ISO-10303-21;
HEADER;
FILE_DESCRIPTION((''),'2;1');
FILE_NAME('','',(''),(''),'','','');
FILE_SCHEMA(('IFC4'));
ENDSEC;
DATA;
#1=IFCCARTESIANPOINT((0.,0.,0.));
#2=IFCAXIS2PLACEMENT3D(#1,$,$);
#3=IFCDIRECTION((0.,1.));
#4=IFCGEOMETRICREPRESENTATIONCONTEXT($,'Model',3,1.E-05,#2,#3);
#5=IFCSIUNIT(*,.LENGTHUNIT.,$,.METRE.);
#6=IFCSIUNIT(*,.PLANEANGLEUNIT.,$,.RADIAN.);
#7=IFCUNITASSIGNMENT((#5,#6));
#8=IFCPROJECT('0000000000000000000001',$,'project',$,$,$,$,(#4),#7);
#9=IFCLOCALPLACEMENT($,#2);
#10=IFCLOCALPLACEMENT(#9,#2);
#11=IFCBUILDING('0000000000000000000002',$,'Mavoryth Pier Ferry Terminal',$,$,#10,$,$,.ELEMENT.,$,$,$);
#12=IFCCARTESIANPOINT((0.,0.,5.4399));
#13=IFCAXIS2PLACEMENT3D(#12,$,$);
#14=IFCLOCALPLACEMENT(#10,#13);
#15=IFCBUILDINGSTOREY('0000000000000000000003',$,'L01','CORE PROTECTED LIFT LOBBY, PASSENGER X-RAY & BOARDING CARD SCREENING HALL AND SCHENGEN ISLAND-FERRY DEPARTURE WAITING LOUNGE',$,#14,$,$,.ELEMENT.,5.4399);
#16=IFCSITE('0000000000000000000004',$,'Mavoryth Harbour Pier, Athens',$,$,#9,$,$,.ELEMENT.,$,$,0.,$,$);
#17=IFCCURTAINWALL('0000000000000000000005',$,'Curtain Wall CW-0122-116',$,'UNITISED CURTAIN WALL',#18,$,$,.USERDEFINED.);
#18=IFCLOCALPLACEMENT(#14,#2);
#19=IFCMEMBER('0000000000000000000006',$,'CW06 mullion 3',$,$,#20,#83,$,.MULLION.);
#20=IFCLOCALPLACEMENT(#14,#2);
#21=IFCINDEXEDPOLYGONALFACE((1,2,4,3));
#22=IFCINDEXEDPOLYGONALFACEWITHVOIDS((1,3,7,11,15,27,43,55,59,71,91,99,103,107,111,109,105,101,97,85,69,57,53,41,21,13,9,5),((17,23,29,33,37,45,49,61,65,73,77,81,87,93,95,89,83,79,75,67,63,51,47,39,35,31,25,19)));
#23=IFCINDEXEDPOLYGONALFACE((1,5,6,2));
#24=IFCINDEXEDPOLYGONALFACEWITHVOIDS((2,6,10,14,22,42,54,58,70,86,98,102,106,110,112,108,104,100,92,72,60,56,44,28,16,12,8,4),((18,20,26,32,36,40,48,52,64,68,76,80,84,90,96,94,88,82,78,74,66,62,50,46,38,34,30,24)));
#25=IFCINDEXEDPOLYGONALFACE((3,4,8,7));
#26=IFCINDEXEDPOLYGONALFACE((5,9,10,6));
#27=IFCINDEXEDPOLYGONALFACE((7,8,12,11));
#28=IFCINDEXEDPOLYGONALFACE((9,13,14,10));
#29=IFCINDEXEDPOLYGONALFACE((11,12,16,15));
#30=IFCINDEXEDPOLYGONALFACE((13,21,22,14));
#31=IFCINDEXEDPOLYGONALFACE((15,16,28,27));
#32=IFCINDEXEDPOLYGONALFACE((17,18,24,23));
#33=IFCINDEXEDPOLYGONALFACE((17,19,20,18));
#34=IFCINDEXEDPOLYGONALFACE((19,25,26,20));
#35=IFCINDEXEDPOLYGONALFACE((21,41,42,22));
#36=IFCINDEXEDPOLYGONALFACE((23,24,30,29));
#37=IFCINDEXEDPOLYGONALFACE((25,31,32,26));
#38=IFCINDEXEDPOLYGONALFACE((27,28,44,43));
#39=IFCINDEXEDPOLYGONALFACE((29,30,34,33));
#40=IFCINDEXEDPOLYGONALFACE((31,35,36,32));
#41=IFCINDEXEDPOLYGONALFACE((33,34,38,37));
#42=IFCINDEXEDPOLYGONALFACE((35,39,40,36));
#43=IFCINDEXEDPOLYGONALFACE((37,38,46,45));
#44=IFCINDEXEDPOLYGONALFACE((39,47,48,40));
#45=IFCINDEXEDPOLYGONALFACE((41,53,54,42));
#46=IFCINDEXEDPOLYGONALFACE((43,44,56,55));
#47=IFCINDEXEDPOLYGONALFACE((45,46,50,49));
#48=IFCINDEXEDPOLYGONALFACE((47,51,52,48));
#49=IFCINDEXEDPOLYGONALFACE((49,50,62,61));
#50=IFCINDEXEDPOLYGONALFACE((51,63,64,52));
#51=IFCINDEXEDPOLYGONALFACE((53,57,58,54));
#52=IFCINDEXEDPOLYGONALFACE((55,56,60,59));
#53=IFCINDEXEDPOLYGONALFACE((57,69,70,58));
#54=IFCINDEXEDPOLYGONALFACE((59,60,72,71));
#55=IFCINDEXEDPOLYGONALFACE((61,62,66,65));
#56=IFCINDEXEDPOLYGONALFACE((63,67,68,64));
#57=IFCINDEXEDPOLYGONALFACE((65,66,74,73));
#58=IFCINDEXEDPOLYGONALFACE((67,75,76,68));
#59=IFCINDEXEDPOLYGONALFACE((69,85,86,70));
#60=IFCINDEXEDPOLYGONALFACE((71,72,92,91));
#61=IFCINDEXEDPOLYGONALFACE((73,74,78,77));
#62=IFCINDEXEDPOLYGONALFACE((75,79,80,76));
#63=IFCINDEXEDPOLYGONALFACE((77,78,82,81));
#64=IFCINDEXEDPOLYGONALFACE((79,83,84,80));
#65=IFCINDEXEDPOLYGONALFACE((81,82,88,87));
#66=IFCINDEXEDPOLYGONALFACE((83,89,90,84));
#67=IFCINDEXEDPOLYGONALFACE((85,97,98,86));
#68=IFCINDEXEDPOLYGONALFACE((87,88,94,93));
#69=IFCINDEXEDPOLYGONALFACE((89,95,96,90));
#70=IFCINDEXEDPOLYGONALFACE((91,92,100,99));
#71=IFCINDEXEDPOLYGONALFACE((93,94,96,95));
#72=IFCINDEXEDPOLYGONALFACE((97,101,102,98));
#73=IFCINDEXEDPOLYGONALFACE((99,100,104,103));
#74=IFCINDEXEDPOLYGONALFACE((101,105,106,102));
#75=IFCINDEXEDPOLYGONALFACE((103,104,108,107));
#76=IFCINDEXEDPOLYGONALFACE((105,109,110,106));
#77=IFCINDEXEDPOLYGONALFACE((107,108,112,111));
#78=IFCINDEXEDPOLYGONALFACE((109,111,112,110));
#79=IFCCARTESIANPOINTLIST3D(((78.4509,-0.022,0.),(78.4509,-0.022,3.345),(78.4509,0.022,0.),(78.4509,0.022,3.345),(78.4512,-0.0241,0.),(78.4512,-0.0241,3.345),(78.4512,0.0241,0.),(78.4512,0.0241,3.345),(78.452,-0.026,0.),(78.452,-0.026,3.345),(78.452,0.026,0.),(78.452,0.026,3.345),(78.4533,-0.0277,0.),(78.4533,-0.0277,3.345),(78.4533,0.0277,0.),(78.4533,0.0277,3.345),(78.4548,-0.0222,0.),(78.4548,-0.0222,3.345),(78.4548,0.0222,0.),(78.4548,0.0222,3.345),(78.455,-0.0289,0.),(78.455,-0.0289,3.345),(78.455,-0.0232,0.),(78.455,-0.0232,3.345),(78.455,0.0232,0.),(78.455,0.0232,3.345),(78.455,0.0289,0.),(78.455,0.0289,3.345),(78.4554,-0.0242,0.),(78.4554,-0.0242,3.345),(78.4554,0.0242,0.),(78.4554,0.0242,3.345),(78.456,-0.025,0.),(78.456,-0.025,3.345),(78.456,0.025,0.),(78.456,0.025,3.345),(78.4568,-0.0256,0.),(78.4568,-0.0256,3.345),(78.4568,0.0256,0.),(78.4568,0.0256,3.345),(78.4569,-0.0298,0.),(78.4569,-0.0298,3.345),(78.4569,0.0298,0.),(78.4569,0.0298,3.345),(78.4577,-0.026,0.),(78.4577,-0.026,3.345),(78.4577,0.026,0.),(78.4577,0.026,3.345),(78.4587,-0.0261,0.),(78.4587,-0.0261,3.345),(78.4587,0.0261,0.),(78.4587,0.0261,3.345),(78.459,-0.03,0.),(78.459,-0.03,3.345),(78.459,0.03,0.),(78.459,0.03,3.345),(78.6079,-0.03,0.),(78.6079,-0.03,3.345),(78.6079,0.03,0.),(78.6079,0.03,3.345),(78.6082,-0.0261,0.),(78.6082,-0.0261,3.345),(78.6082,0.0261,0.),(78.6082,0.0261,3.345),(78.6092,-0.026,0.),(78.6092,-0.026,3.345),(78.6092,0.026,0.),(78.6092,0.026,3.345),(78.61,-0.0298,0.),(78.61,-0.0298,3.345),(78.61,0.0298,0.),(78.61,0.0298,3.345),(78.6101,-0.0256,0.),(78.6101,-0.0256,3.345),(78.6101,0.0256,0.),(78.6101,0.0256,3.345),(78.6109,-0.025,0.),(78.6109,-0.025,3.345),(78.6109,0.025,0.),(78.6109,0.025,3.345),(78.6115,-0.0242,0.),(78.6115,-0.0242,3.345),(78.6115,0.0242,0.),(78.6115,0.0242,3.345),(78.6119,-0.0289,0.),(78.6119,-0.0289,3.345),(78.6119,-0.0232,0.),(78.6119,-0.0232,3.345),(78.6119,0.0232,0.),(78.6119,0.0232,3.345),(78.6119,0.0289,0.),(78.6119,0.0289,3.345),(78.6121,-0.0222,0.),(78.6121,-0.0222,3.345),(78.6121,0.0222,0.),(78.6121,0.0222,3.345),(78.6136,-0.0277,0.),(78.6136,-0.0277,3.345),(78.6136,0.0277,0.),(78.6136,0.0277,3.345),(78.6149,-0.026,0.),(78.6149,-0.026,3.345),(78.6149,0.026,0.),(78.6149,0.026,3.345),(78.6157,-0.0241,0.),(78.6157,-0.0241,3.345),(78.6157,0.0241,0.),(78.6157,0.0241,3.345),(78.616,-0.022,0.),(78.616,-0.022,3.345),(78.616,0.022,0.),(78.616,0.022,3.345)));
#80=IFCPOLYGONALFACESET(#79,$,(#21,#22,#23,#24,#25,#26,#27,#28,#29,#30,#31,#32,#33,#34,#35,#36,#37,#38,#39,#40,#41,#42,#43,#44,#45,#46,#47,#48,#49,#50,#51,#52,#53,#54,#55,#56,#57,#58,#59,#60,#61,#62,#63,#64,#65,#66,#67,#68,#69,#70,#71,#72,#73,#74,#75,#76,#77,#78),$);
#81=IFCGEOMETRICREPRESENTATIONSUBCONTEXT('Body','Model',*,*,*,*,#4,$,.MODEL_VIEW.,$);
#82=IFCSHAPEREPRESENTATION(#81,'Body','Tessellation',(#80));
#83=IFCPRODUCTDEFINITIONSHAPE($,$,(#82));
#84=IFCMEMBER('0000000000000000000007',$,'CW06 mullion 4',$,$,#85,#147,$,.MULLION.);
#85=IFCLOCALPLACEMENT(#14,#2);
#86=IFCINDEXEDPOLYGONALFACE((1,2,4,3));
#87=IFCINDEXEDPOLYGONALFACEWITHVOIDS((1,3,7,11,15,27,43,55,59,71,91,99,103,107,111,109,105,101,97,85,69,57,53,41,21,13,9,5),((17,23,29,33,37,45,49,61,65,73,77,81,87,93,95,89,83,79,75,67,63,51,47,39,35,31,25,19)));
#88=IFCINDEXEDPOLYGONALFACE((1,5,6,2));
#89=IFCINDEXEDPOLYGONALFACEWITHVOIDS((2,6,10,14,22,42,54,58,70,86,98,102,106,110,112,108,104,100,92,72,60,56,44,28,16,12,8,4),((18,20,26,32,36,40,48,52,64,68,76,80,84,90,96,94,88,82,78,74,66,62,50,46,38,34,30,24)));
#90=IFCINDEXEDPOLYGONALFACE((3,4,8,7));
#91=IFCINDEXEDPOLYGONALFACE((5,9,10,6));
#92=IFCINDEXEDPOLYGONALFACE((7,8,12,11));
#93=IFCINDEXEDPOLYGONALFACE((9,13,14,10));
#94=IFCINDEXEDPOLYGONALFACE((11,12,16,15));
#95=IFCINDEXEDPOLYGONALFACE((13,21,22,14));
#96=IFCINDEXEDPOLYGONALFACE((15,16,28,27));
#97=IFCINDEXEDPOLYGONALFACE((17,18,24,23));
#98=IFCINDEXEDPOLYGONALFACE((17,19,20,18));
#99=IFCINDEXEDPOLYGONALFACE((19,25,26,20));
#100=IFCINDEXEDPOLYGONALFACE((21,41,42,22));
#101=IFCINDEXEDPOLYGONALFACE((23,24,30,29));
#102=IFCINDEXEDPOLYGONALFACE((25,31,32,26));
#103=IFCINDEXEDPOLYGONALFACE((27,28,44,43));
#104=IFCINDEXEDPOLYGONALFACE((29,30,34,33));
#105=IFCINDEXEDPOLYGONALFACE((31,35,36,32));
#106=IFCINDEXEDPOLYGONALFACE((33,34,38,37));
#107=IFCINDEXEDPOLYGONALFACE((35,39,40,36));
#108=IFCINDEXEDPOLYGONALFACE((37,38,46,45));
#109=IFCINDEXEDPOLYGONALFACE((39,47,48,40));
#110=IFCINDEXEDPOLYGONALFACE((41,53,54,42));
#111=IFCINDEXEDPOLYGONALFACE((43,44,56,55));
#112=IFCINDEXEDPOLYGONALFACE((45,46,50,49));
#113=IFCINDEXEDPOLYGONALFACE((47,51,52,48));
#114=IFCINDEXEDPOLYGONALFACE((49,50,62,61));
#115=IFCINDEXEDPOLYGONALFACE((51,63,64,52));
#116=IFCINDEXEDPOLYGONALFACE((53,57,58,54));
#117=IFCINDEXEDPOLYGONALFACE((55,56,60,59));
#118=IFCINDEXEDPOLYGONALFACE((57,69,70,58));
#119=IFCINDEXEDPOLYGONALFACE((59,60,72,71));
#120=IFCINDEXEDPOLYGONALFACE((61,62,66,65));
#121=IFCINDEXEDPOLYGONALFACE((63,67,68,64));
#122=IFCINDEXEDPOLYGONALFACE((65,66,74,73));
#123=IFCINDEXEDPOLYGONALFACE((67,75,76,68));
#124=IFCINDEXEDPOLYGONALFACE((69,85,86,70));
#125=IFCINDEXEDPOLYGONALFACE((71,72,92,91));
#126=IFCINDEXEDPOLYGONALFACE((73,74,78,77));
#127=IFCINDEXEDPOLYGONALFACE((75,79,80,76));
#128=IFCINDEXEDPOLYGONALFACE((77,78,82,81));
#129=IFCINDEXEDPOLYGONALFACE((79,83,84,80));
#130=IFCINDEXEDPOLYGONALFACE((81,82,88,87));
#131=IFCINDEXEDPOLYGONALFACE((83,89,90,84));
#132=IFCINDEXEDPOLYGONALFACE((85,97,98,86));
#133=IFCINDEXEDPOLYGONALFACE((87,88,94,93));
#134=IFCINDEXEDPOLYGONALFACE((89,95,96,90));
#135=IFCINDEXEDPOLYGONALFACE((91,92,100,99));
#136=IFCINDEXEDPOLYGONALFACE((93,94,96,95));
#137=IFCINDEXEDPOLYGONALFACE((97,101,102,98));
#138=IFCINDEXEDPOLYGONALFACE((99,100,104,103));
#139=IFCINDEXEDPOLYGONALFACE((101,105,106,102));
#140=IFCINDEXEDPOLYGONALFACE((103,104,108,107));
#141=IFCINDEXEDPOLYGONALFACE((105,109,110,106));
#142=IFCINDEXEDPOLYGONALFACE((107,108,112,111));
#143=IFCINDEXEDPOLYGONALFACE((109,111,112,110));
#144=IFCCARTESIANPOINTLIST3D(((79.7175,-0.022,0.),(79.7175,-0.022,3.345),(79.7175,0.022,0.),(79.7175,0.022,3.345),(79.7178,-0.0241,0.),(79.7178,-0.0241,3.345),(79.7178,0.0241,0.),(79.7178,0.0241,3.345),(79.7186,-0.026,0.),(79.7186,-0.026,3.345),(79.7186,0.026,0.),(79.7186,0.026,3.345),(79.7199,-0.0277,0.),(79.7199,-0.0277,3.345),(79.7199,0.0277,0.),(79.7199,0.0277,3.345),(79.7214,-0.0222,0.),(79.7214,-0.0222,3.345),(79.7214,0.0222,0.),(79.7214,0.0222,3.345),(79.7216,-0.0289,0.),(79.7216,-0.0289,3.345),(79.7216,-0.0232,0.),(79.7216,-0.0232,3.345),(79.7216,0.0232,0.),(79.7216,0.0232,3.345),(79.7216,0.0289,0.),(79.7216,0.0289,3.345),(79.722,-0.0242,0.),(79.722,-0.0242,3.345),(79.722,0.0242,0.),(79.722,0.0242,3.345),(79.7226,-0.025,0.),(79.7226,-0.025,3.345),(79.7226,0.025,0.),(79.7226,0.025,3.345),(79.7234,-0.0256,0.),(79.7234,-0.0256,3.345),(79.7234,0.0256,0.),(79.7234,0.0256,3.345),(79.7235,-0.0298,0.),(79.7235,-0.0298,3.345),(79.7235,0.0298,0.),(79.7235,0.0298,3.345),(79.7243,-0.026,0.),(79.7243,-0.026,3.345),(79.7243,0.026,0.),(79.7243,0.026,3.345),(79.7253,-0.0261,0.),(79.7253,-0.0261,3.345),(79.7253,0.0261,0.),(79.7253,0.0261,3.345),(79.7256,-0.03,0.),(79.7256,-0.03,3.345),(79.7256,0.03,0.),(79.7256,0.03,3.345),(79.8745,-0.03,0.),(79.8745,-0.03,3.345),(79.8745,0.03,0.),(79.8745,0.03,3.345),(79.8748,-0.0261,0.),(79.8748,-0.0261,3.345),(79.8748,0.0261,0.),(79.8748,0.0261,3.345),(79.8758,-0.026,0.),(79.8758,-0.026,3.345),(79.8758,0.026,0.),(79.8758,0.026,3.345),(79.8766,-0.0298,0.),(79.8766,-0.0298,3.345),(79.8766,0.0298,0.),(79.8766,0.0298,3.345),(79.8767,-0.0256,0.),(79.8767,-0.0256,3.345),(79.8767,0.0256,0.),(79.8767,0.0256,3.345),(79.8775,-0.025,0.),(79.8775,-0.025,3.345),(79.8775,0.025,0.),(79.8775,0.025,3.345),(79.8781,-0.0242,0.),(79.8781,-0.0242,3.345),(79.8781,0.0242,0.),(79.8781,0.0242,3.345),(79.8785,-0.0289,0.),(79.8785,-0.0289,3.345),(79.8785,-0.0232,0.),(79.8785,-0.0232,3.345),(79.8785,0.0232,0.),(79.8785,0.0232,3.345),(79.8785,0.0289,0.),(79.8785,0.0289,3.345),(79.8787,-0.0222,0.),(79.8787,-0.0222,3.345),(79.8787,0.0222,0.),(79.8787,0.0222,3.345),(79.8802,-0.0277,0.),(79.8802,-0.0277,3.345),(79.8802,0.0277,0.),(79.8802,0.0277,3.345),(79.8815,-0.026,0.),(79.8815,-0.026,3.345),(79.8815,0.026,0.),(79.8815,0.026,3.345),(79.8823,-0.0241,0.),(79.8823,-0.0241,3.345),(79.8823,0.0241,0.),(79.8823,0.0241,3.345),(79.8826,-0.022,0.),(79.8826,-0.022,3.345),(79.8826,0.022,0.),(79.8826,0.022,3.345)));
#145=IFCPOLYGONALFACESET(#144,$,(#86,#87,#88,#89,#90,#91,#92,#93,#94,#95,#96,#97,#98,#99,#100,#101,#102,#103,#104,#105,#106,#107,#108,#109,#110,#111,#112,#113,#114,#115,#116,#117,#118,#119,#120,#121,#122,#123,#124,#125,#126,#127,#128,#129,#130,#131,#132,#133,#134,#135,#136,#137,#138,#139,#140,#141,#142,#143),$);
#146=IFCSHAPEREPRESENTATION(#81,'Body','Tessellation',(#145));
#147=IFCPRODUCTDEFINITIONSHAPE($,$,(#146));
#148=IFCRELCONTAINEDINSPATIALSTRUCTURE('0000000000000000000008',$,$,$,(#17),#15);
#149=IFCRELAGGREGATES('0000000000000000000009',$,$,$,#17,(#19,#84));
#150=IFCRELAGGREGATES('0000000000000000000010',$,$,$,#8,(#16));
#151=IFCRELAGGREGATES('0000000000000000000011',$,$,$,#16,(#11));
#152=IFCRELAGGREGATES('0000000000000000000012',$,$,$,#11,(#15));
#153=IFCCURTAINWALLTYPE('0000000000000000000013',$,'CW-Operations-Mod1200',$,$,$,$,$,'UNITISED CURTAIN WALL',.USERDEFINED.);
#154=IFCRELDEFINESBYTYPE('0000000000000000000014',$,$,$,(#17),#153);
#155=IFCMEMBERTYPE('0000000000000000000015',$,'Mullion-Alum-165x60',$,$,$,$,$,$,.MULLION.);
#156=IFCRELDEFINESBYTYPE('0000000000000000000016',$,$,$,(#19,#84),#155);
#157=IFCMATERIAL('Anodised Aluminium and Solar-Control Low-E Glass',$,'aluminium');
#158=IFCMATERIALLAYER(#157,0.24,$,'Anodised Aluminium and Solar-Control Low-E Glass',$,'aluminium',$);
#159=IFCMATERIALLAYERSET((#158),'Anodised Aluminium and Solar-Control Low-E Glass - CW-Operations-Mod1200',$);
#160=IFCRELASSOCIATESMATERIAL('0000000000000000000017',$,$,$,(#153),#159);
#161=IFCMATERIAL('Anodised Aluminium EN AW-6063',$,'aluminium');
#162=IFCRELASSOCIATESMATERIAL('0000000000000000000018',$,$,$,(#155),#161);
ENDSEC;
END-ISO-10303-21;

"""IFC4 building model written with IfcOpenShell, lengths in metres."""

from ifc_helpers import new_model, si_unit, direction, frame, origin, origin_2d, place, context, subcontext, project, spatial, hollow_rectangle, extrude, material, layer, layer_set, material_profile, profile_set, type_object, element, aggregate, save


model = new_model("IFC4")

# Units and contexts
model_context = context("Model", 3, precision=1e-05, world=origin(), true_north=direction((0.0, 1.0)))
body_context = subcontext(model_context, "Body", "Model", "MODEL_VIEW")
ifc_project = project(units=[si_unit("LENGTHUNIT", "METRE"), si_unit("PLANEANGLEUNIT", "RADIAN")], contexts=[model_context])

# Site, building, storey
site_placement = place(None, origin())
site = spatial("IfcSite", under=ifc_project, at=site_placement, Name="Mavoryth Harbour Pier, Athens", CompositionType="ELEMENT", RefElevation=0.0)
building_placement = place(site_placement, origin())
building = spatial("IfcBuilding", under=site, at=building_placement, Name="Mavoryth Pier Ferry Terminal", CompositionType="ELEMENT")
storey_placement = place(building_placement, frame((0.0, 0.0, 5.4399)))
storey = spatial("IfcBuildingStorey", under=building, at=storey_placement, Name="L01", Description="CORE PROTECTED LIFT LOBBY, PASSENGER X-RAY & BOARDING CARD SCREENING HALL AND SCHENGEN ISLAND-FERRY DEPARTURE WAITING LOUNGE", CompositionType="ELEMENT", Elevation=5.4399)

# Curtain wall, members
ifc_material_1 = material(Name="Anodised Aluminium and Solar-Control Low-E Glass", Category="aluminium")
ifc_layer_1 = layer(ifc_material_1, 0.24, Name="Anodised Aluminium and Solar-Control Low-E Glass", Category="aluminium")
ifc_layer_set_1 = layer_set([ifc_layer_1], Name="Anodised Aluminium and Solar-Control Low-E Glass - CW-Operations-Mod1200")
curtain_wall_type = type_object("IfcCurtainWallType", Name="CW-Operations-Mod1200", ElementType="UNITISED CURTAIN WALL", PredefinedType="USERDEFINED", material=ifc_layer_set_1)
curtain_wall_placement = place(storey_placement, origin())
curtain_wall = element("IfcCurtainWall", 1, at=curtain_wall_placement, inside=storey, type_object=curtain_wall_type, Name="Curtain Wall CW-0122-116", ObjectType="UNITISED CURTAIN WALL", PredefinedType="USERDEFINED")
ifc_material_2 = material(Name="Anodised Aluminium EN AW-6063", Category="aluminium")
ifc_material_profile_1 = material_profile(ifc_material_2, hollow_rectangle(XDim=0.0601, YDim=0.165, WallThickness=0.0039, InnerFilletRadius=0.0039, OuterFilletRadius=0.0081, at=origin_2d()), Name="AL-MULL 165x60x4", Category="aluminium")
ifc_profile_set_1 = profile_set([ifc_material_profile_1], Name="Anodised Aluminium EN AW-6063 - AL-MULL 165x60x4")
member_type_1 = type_object("IfcMemberType", Name="Mullion-Alum-165x60", PredefinedType="MULLION", material=ifc_profile_set_1)
member_1_placement = place(storey_placement, frame((78.5334, 0.0, 0.0), z_axis=(0.0, 0.0, 1.0), x_axis=(0.0, 1.0, 0.0)))
member_1 = element("IfcMember", 2, at=member_1_placement, type_object=member_type_1, Name="CW06 mullion 3", PredefinedType="MULLION", context=body_context, shape_type="SweptSolid", body=[
    extrude(hollow_rectangle(XDim=0.0601, YDim=0.165, WallThickness=0.0039, InnerFilletRadius=0.0039, OuterFilletRadius=0.0081, at=origin_2d()), origin(), (0.0, 0.0, 1.0), 3.345),
])
member_2_placement = place(storey_placement, frame((79.8, 0.0, 0.0), z_axis=(0.0, 0.0, 1.0), x_axis=(0.0, 1.0, 0.0)))
member_2 = element("IfcMember", 3, at=member_2_placement, type_object=member_type_1, Name="CW06 mullion 4", PredefinedType="MULLION", context=body_context, shape_type="SweptSolid", body=[
    extrude(hollow_rectangle(XDim=0.0601, YDim=0.165, WallThickness=0.0039, InnerFilletRadius=0.0039, OuterFilletRadius=0.0081, at=origin_2d()), origin(), (0.0, 0.0, 1.0), 3.345),
])
aggregate(curtain_wall, [member_1, member_2])

save(model, "model.ifc")
